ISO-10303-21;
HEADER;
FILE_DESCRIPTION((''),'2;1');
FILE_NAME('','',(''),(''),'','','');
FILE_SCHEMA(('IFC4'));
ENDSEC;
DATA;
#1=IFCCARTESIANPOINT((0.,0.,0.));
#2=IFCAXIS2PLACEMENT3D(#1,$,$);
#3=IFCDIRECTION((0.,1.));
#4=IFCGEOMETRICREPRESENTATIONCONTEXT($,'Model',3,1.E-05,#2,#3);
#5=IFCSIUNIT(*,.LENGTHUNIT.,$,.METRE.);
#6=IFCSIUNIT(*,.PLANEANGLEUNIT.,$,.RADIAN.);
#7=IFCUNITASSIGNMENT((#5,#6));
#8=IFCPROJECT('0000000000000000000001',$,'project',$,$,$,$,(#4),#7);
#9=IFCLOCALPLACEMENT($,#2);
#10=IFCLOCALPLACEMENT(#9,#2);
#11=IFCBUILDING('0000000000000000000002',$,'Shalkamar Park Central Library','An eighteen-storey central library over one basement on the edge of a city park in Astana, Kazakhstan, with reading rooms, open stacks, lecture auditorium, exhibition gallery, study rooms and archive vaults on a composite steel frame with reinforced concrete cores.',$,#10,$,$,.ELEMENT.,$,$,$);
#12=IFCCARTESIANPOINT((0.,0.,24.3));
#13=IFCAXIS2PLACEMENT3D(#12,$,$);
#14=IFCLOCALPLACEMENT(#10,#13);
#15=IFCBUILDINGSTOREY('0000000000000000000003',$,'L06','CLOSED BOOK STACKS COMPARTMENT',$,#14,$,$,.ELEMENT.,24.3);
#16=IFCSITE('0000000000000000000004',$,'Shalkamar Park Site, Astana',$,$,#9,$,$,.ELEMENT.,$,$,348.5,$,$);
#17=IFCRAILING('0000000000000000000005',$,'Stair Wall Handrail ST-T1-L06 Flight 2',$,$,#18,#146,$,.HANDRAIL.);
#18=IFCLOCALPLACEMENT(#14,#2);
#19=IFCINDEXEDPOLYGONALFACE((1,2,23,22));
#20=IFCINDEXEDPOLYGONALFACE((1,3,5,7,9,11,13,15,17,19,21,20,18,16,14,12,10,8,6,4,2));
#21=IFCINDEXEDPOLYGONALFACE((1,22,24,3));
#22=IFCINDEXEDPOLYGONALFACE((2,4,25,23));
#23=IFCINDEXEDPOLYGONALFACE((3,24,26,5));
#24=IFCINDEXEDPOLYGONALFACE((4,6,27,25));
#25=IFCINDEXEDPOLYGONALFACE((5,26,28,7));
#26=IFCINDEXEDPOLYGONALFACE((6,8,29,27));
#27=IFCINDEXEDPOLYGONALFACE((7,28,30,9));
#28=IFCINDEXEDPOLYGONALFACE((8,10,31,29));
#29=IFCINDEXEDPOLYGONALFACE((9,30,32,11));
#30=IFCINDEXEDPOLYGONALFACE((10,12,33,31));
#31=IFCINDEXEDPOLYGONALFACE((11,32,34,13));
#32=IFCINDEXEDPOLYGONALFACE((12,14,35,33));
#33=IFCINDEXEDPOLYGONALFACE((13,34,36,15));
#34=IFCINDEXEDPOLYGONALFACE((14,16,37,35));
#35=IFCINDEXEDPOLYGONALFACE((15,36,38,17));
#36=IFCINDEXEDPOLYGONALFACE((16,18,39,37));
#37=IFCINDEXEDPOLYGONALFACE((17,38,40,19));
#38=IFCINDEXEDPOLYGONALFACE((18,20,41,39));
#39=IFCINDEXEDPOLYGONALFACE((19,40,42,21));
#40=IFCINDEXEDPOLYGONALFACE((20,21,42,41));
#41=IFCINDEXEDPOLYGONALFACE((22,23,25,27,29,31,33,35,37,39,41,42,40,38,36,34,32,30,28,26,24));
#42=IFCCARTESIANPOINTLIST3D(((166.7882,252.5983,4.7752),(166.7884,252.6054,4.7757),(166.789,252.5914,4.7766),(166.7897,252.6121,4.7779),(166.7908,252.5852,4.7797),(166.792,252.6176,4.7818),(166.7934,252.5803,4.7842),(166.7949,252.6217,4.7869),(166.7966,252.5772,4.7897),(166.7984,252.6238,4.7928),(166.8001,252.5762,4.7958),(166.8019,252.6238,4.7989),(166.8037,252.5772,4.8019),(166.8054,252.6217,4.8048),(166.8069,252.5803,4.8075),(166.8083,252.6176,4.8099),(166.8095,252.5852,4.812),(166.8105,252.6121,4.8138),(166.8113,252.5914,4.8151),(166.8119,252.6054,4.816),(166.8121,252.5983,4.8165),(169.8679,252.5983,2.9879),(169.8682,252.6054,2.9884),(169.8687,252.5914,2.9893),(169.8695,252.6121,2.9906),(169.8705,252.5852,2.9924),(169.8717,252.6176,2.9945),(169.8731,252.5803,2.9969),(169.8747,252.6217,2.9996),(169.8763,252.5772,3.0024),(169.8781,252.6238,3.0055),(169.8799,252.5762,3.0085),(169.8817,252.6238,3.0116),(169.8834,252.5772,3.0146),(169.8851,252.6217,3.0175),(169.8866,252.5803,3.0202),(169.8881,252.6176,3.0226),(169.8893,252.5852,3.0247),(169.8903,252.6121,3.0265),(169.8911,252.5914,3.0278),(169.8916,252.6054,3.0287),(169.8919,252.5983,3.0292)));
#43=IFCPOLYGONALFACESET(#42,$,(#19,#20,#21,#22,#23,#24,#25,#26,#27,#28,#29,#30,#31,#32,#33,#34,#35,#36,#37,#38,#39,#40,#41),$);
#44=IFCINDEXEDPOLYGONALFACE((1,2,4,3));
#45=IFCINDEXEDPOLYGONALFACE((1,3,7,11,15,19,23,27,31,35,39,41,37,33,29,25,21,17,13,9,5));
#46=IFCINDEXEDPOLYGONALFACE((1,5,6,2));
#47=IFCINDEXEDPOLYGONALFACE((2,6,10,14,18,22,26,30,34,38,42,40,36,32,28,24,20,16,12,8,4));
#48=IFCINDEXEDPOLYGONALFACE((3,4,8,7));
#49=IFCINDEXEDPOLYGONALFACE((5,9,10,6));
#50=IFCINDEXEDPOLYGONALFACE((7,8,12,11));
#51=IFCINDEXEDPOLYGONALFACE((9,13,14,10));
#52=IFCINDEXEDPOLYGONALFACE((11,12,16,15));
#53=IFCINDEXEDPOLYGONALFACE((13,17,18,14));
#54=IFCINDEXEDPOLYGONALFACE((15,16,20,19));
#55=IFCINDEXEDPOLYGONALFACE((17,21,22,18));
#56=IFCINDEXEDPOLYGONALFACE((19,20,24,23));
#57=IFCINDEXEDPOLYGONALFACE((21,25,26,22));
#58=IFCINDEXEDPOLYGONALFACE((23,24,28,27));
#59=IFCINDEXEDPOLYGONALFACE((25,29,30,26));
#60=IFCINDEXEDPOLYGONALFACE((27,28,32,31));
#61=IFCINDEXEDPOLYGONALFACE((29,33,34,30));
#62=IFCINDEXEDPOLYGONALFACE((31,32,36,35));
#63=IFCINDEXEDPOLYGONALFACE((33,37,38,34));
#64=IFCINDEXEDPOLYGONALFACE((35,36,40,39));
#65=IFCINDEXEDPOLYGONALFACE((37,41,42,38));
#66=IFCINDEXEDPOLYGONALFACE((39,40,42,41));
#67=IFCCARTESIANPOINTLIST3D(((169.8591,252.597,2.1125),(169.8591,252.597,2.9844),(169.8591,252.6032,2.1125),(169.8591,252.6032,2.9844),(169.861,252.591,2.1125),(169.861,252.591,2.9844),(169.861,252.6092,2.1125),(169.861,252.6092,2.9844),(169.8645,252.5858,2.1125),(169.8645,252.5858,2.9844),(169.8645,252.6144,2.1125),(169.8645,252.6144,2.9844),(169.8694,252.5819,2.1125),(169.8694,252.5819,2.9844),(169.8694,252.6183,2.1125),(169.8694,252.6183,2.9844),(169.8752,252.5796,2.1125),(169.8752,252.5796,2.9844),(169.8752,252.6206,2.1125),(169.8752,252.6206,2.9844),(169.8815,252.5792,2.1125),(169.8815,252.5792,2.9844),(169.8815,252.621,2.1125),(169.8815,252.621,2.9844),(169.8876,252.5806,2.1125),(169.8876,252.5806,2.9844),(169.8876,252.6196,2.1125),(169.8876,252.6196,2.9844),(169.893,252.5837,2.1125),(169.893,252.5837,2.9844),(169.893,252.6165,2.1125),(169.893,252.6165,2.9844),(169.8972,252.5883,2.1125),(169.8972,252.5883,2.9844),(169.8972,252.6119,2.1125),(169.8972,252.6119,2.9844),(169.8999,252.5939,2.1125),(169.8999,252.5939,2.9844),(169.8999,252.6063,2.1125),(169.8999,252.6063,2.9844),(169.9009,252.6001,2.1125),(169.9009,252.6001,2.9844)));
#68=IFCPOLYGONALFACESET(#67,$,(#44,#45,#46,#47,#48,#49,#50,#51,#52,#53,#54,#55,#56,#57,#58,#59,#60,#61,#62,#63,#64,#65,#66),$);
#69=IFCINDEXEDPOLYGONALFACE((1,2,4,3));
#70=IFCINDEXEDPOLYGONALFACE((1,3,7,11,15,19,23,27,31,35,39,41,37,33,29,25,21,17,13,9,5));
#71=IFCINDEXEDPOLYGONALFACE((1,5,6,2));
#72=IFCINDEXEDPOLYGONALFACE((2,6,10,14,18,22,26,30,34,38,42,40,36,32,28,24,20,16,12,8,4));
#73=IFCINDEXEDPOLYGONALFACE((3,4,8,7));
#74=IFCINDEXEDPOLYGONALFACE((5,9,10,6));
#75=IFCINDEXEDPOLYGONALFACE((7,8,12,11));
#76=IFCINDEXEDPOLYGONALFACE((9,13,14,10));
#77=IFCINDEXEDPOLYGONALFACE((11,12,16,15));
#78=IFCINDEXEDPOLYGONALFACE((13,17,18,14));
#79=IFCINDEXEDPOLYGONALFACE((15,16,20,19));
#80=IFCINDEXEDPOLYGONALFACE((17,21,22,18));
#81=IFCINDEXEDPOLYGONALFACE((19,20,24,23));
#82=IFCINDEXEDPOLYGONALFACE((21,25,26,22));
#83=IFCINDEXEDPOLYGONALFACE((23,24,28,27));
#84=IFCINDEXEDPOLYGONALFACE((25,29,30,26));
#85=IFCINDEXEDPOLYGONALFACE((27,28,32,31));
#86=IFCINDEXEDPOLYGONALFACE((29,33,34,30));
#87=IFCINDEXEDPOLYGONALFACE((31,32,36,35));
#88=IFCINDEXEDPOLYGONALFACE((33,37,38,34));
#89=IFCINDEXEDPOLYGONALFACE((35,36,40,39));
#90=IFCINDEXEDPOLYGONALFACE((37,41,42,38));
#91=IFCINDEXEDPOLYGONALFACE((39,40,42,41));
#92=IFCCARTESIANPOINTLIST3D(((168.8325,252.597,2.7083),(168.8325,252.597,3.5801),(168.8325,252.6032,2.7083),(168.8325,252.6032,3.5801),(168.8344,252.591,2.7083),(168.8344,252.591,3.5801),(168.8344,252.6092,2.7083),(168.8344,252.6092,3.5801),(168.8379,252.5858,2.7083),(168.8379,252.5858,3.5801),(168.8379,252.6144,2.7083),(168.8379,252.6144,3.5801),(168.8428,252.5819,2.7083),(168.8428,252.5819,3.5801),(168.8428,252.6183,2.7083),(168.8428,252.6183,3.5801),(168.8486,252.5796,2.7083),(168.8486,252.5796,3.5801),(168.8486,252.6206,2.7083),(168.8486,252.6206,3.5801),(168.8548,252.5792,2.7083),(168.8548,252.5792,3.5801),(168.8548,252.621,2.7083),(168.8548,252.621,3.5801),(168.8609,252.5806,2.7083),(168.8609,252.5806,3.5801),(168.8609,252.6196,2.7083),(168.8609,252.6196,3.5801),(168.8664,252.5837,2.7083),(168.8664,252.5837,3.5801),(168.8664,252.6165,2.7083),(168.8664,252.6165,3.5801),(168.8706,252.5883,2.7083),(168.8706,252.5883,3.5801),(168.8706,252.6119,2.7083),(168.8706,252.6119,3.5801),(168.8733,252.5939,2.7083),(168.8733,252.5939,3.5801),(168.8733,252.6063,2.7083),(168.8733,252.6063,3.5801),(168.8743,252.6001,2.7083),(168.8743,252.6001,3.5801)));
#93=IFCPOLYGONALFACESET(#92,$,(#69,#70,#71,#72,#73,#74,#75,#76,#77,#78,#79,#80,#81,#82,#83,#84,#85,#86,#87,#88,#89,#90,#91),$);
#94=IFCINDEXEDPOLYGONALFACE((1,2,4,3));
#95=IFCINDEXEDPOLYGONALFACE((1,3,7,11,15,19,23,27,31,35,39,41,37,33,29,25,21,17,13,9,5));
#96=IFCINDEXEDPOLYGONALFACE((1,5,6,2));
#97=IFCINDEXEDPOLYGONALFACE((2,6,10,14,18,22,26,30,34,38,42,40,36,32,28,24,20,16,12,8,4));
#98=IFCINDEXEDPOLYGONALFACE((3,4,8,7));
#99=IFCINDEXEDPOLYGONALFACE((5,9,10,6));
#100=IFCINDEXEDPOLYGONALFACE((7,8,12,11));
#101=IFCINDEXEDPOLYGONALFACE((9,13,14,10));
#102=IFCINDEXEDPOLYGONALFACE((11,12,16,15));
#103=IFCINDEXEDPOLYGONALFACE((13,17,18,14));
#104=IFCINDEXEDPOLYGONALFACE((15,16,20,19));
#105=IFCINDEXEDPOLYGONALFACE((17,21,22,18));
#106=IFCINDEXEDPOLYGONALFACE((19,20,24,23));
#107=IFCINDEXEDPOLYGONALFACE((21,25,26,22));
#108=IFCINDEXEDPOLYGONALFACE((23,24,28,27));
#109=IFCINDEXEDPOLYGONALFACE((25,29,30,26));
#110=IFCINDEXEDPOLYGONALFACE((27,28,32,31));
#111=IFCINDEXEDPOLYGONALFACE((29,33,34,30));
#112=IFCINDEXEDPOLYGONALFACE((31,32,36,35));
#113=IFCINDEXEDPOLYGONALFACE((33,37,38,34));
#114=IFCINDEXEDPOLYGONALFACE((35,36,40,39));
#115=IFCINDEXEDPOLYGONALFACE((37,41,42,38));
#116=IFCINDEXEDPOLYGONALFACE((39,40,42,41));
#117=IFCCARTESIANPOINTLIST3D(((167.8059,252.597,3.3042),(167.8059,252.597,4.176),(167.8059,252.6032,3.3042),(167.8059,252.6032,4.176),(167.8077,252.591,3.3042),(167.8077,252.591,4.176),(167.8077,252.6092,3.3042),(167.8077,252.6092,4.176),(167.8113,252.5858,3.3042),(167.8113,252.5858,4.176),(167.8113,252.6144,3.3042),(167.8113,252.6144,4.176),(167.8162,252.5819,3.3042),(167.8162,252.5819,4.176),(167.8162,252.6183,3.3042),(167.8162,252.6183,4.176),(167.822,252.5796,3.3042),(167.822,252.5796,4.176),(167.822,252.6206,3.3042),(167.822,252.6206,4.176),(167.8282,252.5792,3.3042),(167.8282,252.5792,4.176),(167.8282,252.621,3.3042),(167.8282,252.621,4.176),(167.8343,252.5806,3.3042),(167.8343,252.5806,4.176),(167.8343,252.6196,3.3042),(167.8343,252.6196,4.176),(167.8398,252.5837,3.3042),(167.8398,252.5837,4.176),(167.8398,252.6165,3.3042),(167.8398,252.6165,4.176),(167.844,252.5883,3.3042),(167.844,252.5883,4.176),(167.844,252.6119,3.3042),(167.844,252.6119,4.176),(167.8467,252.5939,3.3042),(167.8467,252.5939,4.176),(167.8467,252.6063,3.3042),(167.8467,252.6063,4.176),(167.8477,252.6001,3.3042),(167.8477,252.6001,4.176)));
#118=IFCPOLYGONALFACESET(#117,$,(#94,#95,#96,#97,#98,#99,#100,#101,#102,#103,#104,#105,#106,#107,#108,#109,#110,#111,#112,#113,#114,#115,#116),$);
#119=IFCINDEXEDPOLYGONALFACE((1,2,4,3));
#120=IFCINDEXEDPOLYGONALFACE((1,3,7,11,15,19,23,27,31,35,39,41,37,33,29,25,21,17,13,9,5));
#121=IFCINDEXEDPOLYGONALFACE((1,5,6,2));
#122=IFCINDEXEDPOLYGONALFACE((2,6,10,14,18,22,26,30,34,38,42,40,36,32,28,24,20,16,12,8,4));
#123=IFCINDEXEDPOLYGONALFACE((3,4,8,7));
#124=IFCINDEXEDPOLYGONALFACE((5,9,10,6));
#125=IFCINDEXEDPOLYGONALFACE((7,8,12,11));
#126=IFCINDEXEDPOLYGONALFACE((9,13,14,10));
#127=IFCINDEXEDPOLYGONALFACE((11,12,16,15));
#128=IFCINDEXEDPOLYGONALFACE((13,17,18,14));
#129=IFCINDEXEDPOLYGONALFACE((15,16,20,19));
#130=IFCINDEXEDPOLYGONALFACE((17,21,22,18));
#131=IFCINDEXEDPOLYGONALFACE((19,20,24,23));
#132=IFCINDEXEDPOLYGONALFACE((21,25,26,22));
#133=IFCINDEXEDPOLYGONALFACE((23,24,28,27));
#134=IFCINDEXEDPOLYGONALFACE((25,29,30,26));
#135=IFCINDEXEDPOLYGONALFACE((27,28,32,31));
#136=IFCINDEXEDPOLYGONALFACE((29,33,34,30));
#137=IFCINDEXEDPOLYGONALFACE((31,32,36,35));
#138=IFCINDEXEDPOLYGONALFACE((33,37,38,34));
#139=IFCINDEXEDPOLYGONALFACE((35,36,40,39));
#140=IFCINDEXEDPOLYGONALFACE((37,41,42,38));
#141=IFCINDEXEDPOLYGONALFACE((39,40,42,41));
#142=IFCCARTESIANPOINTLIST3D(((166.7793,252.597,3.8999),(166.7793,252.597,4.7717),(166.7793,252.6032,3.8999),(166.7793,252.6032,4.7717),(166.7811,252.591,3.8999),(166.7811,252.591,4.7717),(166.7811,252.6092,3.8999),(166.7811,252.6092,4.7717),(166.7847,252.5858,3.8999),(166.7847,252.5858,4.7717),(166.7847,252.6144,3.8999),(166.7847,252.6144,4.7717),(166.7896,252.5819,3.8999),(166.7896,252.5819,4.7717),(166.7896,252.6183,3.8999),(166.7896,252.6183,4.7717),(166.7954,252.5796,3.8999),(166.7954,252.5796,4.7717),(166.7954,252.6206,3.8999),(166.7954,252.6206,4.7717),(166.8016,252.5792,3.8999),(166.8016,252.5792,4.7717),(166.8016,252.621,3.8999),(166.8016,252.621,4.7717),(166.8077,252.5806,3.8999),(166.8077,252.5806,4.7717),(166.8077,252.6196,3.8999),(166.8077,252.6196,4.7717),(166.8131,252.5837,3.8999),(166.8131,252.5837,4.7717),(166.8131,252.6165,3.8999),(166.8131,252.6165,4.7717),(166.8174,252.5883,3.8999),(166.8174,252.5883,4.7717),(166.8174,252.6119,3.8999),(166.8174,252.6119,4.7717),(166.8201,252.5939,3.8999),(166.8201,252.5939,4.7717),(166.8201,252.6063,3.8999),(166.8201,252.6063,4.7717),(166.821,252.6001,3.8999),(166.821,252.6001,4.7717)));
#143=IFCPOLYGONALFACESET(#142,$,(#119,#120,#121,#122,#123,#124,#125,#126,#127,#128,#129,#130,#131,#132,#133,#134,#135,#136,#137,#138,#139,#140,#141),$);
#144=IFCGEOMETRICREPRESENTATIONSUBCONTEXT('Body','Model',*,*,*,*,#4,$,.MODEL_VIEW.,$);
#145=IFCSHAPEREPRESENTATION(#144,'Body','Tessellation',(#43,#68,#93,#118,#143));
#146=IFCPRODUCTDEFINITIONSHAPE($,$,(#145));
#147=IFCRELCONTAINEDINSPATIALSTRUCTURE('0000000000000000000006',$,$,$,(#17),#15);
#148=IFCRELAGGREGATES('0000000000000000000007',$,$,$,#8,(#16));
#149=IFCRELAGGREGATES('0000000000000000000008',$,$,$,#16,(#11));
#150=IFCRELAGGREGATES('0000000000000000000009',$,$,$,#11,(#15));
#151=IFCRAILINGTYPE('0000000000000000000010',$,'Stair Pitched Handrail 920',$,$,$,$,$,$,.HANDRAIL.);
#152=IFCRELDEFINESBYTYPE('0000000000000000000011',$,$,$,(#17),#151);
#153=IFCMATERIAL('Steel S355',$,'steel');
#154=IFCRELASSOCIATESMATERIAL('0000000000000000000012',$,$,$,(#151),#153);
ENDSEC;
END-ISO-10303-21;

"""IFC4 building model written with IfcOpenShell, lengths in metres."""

from ifc_helpers import new_model, si_unit, direction, frame, origin, origin_2d, place, context, subcontext, project, spatial, circle, extrude, material, type_object, element, save


model = new_model("IFC4")

# Units and contexts
model_context = context("Model", 3, precision=1e-05, world=origin(), true_north=direction((0.0, 1.0)))
body_context = subcontext(model_context, "Body", "Model", "MODEL_VIEW")
ifc_project = project(units=[si_unit("LENGTHUNIT", "METRE"), si_unit("PLANEANGLEUNIT", "RADIAN")], contexts=[model_context])

# Site, building, storey
site_placement = place(None, origin())
site = spatial("IfcSite", under=ifc_project, at=site_placement, Name="Shalkamar Park Site, Astana", CompositionType="ELEMENT", RefElevation=348.5)
building_placement = place(site_placement, origin())
building = spatial("IfcBuilding", under=site, at=building_placement, Name="Shalkamar Park Central Library", Description="An eighteen-storey central library over one basement on the edge of a city park in Astana, Kazakhstan, with reading rooms, open stacks, lecture auditorium, exhibition gallery, study rooms and archive vaults on a composite steel frame with reinforced concrete cores.", CompositionType="ELEMENT")
storey_placement = place(building_placement, frame((0.0, 0.0, 24.3)))
storey = spatial("IfcBuildingStorey", under=building, at=storey_placement, Name="L06", Description="CLOSED BOOK STACKS COMPARTMENT", CompositionType="ELEMENT", Elevation=24.3)

# Shared definitions
ifc_material_1 = material(Name="Steel S355", Category="steel")

# Railing
railing_type_1 = type_object("IfcRailingType", Name="Stair Pitched Handrail 920", PredefinedType="HANDRAIL", material=ifc_material_1)
railing_1_placement = place(storey_placement, frame((169.8799, 252.6001, 2.1125)))
element("IfcRailing", 1, at=railing_1_placement, inside=storey, type_object=railing_type_1, Name="Stair Wall Handrail ST-T1-L06 Flight 2", PredefinedType="HANDRAIL", context=body_context, shape_type="SweptSolid", body=[
    extrude(circle(Radius=0.0239, at=origin_2d()), frame((0.0, 0.0, 0.896), z_axis=(-0.864903, 0.0, 0.501939), x_axis=(0.0, -1.0, 0.0)), (0.0, 0.0, 1.0), 3.5608),
    extrude(circle(Radius=0.021, at=origin_2d()), origin(), (0.0, 0.0, 1.0), 0.8718),
    extrude(circle(Radius=0.021, at=origin_2d()), frame((-1.0266, 0.0, 0.5957)), (0.0, 0.0, 1.0), 0.8718),
    extrude(circle(Radius=0.021, at=origin_2d()), frame((-2.0532, 0.0, 1.1917)), (0.0, 0.0, 1.0), 0.8718),
    extrude(circle(Radius=0.021, at=origin_2d()), frame((-3.0798, 0.0, 1.7874)), (0.0, 0.0, 1.0), 0.8718),
])

save(model, "model.ifc")
